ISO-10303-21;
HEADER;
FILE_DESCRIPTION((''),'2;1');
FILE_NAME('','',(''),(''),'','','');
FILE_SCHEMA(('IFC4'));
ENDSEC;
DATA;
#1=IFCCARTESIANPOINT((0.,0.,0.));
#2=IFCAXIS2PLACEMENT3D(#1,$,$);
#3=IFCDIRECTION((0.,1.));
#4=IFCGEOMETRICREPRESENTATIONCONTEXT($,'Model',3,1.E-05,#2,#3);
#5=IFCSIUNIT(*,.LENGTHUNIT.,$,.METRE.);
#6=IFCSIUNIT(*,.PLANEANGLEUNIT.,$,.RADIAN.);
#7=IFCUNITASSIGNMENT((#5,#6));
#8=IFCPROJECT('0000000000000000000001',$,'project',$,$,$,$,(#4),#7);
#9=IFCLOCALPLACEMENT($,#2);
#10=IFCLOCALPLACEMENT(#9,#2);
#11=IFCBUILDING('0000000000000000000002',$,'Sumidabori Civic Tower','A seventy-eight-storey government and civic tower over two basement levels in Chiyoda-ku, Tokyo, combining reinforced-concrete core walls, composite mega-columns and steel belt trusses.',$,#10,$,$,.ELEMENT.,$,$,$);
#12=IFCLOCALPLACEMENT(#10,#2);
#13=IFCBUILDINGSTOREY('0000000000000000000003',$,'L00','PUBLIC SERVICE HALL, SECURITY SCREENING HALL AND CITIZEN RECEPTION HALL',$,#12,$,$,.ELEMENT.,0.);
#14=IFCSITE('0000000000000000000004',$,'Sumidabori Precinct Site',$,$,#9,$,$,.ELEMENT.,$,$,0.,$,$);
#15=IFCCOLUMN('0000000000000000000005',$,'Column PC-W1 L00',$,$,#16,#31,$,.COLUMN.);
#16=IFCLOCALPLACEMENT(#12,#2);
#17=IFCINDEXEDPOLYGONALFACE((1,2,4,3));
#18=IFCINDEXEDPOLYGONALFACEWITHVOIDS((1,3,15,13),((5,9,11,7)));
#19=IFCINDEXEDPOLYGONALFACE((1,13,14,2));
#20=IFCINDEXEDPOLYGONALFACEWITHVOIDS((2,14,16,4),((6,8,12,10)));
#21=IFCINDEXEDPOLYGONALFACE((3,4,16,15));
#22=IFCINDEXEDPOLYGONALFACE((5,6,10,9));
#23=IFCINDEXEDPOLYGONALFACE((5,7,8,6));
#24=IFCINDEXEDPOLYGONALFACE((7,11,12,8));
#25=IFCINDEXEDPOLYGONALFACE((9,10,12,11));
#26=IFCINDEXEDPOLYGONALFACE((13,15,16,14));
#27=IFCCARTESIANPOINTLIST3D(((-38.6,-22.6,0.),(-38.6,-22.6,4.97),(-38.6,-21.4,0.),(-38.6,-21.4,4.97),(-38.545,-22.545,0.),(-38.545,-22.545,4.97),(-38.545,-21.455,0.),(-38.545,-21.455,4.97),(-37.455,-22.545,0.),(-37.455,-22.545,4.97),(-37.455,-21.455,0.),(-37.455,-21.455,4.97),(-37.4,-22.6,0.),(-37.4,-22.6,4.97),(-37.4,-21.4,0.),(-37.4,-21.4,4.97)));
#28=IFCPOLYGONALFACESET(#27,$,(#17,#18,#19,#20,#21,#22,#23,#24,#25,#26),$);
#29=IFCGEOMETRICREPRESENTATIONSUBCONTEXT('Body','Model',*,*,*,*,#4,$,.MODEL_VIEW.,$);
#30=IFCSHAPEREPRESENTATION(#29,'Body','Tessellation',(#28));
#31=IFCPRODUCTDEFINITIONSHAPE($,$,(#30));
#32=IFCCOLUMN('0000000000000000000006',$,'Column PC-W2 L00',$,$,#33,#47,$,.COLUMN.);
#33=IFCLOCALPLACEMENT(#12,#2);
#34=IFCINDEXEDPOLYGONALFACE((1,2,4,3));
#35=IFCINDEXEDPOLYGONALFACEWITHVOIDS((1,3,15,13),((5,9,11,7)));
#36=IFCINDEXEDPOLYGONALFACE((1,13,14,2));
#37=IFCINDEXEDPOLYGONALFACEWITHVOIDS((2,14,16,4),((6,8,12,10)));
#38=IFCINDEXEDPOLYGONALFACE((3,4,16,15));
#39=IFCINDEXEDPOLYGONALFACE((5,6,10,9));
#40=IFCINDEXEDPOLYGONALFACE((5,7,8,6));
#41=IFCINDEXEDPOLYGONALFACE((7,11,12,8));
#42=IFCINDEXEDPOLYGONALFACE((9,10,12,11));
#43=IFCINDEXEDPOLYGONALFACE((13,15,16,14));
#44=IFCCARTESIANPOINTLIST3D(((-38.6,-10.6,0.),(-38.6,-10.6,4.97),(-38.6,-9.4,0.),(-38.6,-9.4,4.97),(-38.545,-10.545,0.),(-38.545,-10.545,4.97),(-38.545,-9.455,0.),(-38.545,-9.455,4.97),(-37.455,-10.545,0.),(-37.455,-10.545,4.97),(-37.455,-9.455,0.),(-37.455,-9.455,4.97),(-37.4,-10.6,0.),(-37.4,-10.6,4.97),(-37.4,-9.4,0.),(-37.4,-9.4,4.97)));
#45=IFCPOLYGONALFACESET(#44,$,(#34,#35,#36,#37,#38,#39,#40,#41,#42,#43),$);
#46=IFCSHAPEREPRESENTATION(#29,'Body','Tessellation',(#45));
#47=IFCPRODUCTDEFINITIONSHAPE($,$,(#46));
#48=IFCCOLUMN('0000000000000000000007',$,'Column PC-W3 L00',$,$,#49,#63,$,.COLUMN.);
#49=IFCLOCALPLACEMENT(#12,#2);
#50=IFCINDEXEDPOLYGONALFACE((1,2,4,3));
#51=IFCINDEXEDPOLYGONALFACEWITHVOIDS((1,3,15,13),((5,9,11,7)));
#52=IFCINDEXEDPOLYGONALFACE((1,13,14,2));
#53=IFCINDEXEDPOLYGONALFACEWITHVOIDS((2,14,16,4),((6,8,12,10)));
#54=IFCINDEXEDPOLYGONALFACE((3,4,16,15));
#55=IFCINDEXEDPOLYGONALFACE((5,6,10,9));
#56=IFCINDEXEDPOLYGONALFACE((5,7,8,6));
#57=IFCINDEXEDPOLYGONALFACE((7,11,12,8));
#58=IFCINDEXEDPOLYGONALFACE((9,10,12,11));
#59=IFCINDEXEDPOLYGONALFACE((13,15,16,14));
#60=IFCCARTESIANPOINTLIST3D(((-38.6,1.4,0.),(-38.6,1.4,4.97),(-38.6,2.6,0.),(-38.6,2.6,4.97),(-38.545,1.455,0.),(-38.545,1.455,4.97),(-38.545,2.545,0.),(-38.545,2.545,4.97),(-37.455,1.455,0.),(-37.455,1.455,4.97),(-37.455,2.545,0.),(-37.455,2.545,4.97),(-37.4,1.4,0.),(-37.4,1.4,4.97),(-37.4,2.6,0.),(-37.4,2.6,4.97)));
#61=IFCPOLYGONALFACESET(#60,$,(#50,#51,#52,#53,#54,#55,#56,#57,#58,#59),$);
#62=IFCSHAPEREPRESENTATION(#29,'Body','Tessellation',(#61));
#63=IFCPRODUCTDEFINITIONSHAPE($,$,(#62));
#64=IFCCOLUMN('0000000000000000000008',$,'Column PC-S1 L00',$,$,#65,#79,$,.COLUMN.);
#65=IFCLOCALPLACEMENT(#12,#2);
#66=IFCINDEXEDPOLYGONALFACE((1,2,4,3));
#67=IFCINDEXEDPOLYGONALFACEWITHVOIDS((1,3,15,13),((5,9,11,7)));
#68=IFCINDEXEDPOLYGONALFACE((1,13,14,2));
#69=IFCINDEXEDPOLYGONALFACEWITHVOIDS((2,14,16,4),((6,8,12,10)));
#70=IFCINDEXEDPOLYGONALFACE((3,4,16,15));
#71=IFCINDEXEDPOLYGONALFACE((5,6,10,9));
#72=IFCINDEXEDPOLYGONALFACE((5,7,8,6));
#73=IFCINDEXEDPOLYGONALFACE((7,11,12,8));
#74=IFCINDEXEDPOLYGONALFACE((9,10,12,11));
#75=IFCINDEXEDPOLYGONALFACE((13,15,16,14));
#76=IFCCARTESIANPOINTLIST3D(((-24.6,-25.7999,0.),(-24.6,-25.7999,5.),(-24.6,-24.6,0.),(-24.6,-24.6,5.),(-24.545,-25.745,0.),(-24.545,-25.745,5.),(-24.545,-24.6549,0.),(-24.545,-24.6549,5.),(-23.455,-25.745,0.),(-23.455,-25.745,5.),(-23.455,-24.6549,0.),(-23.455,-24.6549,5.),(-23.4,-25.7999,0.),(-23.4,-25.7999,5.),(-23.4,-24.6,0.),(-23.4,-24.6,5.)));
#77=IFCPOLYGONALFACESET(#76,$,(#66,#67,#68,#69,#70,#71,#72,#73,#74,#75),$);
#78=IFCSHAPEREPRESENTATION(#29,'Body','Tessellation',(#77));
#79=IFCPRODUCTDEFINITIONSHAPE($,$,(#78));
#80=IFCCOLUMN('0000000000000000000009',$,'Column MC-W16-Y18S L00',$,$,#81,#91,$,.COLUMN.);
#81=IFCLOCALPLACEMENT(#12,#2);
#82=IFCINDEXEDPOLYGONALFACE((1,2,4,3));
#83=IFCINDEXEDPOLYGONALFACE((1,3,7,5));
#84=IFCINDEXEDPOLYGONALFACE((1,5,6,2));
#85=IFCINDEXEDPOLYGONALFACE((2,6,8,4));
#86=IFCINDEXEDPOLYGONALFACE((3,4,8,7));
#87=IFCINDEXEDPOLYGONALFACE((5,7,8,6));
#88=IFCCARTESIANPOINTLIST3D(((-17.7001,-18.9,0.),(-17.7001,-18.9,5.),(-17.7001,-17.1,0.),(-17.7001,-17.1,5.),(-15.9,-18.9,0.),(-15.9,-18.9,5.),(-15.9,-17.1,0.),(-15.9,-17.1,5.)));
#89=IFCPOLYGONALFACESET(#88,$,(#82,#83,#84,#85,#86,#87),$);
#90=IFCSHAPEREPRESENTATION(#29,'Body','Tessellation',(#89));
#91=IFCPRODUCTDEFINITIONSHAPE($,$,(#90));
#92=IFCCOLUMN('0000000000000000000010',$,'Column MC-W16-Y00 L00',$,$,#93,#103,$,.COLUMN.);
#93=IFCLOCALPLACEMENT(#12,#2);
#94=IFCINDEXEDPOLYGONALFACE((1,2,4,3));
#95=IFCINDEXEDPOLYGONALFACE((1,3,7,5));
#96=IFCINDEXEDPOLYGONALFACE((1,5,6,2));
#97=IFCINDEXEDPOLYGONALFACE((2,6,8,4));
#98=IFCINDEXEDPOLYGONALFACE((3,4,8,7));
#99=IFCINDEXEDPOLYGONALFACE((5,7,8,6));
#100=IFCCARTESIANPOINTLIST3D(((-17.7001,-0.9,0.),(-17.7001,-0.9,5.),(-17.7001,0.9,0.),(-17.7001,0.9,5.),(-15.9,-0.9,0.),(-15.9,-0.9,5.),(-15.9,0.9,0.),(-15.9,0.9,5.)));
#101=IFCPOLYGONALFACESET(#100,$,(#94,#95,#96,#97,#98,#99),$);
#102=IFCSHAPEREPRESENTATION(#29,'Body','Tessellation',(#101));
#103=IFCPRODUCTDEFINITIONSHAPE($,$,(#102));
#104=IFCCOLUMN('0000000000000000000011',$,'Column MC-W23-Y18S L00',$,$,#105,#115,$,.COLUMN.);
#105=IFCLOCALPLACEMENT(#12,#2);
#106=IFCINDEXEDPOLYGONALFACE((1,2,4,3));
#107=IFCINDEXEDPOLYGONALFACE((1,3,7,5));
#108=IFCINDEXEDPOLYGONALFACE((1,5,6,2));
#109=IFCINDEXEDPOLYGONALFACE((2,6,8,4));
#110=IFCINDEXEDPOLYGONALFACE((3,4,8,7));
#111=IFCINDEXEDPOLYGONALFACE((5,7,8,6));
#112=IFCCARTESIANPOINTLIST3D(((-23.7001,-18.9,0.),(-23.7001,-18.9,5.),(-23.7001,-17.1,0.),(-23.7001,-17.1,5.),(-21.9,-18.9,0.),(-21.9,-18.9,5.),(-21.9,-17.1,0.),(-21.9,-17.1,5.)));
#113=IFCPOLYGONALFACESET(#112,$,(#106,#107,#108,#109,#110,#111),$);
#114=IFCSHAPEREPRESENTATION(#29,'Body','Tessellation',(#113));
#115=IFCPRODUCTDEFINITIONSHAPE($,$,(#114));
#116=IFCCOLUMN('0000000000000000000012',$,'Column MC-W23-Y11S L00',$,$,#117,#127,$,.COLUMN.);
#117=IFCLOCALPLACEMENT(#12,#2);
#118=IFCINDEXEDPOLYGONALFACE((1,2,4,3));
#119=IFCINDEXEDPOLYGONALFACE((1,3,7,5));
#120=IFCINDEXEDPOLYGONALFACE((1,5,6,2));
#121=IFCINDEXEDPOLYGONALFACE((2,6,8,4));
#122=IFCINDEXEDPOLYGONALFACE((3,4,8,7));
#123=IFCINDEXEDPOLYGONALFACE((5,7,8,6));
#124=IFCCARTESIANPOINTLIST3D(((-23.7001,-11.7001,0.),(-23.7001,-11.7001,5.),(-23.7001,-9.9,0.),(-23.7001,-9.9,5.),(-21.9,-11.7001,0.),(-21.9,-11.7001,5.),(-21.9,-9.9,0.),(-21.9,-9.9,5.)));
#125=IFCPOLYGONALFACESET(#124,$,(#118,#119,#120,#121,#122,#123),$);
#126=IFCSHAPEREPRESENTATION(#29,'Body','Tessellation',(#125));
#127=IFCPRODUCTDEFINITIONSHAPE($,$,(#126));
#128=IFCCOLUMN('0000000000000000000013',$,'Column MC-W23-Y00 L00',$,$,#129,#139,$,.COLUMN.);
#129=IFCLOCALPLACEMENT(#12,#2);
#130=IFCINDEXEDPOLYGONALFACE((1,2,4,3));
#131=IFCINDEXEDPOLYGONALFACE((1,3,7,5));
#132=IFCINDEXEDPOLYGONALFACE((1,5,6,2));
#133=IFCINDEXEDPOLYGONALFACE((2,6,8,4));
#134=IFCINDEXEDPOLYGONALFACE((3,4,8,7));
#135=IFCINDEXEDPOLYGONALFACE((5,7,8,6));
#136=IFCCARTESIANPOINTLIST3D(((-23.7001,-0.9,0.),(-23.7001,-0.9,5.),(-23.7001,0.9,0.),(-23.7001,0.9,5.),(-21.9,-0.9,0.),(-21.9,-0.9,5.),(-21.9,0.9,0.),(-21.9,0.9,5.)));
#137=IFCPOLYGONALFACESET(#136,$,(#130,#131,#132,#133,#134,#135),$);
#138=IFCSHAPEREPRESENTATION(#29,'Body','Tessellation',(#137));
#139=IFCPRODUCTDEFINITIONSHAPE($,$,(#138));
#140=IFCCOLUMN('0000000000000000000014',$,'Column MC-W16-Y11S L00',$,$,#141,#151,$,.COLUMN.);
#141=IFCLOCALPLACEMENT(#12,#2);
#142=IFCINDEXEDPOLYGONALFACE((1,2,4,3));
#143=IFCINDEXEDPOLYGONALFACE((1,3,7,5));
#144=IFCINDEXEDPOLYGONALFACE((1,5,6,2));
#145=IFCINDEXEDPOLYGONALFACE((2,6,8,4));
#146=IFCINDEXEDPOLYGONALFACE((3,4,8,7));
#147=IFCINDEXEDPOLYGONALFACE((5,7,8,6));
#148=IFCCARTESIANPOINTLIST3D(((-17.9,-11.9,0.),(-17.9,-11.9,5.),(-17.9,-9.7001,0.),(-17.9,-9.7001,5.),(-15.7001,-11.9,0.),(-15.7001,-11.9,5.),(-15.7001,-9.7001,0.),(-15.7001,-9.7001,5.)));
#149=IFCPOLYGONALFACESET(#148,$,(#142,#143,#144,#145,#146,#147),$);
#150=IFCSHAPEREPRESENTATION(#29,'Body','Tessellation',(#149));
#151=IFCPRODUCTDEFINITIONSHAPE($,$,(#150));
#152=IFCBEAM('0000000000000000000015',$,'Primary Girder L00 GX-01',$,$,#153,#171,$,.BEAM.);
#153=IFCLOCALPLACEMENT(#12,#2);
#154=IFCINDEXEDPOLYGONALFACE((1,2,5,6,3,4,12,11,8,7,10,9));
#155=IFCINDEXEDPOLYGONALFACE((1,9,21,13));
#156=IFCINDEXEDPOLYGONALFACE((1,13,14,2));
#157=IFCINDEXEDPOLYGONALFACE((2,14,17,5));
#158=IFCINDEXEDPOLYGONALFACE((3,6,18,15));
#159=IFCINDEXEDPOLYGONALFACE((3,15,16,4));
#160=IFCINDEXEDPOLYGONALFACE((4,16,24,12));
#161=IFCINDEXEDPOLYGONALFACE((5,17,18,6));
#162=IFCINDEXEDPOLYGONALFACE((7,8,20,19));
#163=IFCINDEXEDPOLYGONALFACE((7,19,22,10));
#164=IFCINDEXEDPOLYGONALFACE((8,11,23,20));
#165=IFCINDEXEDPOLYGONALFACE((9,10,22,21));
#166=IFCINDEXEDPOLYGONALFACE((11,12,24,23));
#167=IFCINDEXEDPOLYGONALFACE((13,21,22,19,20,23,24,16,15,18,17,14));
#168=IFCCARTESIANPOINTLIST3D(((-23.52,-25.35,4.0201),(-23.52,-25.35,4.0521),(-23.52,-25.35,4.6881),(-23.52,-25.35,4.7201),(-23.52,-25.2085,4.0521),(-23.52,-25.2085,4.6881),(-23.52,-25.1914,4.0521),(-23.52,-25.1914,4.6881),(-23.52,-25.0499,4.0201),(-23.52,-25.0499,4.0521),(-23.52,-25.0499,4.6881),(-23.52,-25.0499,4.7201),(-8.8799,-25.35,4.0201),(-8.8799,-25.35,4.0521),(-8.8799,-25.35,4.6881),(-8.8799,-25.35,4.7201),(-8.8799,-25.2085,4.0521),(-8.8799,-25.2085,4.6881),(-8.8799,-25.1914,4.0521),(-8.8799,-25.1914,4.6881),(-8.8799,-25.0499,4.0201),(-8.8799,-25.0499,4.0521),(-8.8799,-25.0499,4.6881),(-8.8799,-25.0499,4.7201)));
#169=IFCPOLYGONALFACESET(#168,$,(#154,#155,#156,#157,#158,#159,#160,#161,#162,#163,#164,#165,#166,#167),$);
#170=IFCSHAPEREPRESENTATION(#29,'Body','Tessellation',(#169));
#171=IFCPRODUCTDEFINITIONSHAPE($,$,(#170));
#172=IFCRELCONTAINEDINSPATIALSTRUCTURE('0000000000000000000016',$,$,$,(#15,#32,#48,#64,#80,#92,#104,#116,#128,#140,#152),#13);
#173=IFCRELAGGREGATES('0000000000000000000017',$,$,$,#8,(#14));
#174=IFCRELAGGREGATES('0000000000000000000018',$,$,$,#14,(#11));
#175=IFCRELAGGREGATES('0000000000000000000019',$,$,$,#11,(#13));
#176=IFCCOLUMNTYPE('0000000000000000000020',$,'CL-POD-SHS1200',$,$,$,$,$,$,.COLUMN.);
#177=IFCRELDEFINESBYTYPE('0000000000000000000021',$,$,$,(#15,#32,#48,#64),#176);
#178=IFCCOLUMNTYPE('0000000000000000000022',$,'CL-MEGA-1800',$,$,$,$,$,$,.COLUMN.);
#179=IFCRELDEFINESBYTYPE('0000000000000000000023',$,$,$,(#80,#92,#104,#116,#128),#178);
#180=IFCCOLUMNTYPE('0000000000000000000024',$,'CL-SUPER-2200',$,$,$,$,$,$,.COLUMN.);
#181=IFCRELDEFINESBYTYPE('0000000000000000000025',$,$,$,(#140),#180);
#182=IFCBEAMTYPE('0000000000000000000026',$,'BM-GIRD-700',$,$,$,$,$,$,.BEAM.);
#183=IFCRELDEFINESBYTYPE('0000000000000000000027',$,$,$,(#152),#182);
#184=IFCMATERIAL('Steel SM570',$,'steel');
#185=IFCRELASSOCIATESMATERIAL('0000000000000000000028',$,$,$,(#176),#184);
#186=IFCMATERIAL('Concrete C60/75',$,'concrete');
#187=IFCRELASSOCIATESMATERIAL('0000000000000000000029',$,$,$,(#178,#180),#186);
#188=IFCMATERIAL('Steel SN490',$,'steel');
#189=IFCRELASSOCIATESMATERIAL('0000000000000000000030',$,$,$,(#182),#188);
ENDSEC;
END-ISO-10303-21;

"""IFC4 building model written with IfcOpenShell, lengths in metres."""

from ifc_helpers import new_model, si_unit, direction, frame, origin, origin_2d, place, context, subcontext, project, spatial, rectangle, hollow_rectangle, i_section, extrude, source, transform, mapped, material, material_profile, profile_set, type_object, element, save


model = new_model("IFC4")

# Units and contexts
model_context = context("Model", 3, precision=1e-05, world=origin(), true_north=direction((0.0, 1.0)))
body_context = subcontext(model_context, "Body", "Model", "MODEL_VIEW")
ifc_project = project(units=[si_unit("LENGTHUNIT", "METRE"), si_unit("PLANEANGLEUNIT", "RADIAN")], contexts=[model_context])

# Site, building, storey
site_placement = place(None, origin())
site = spatial("IfcSite", under=ifc_project, at=site_placement, Name="Sumidabori Precinct Site", CompositionType="ELEMENT", RefElevation=0.0)
building_placement = place(site_placement, origin())
building = spatial("IfcBuilding", under=site, at=building_placement, Name="Sumidabori Civic Tower", Description="A seventy-eight-storey government and civic tower over two basement levels in Chiyoda-ku, Tokyo, combining reinforced-concrete core walls, composite mega-columns and steel belt trusses.", CompositionType="ELEMENT")
storey_placement = place(building_placement, origin())
storey = spatial("IfcBuildingStorey", under=building, at=storey_placement, Name="L00", Description="PUBLIC SERVICE HALL, SECURITY SCREENING HALL AND CITIZEN RECEPTION HALL", CompositionType="ELEMENT", Elevation=0.0)

# Columns
ifc_material_1 = material(Name="Steel SM570", Category="steel")
ifc_material_profile_1 = material_profile(ifc_material_1, hollow_rectangle(XDim=1.2, YDim=1.2, WallThickness=0.0549, at=origin_2d()), Name="SHS 1200x1200x55")
ifc_profile_set_1 = profile_set([ifc_material_profile_1], Name="Steel SM570")
column_type_1 = type_object("IfcColumnType", Name="CL-POD-SHS1200", PredefinedType="COLUMN", material=ifc_profile_set_1)
shared_shape_1 = source(origin(), body_context, "Body", "SweptSolid", [
    extrude(hollow_rectangle(XDim=1.2, YDim=1.2, WallThickness=0.0549, at=origin_2d()), origin(), (0.0, 0.0, 1.0), 4.97),
])
for number, where, z_axis, x_axis, name in (
    (1, (-38.0, -22.0, 0.0), (0.0, 0.0, 1.0), (1.0, 0.0, 0.0), "Column PC-W1 L00"),
    (2, (-38.0, -10.0, 0.0), (0.0, 0.0, 1.0), (1.0, 0.0, 0.0), "Column PC-W2 L00"),
    (3, (-38.0, 2.0, 0.0), (0.0, 0.0, 1.0), (1.0, 0.0, 0.0), "Column PC-W3 L00"),
):
    element("IfcColumn", number, at=place(storey_placement, frame(where, z_axis=z_axis, x_axis=x_axis)), inside=storey, type_object=column_type_1, Name=name, PredefinedType="COLUMN", context=body_context, shape_type="MappedRepresentation", body=[
        mapped(shared_shape_1, transform((0.0, 0.0, 0.0), x_axis=(1.0, 0.0, 0.0), y_axis=(0.0, 1.0, 0.0), z_axis=(0.0, 0.0, 1.0), scale=1.0)),
    ])
shared_shape_2 = source(origin(), body_context, "Body", "SweptSolid", [
    extrude(hollow_rectangle(XDim=1.2, YDim=1.2, WallThickness=0.0549, at=origin_2d()), origin(), (0.0, 0.0, 1.0), 5.0),
])
column_1_placement = place(storey_placement, frame((-24.0, -25.2, 0.0), z_axis=(0.0, 0.0, 1.0), x_axis=(1.0, 0.0, 0.0)))
element("IfcColumn", 4, at=column_1_placement, inside=storey, type_object=column_type_1, Name="Column PC-S1 L00", PredefinedType="COLUMN", context=body_context, shape_type="MappedRepresentation", body=[
    mapped(shared_shape_2, transform((0.0, 0.0, 0.0), x_axis=(1.0, 0.0, 0.0), y_axis=(0.0, 1.0, 0.0), z_axis=(0.0, 0.0, 1.0), scale=1.0)),
])
ifc_material_2 = material(Name="Concrete C60/75", Category="concrete")
ifc_material_profile_2 = material_profile(ifc_material_2, rectangle(XDim=1.8, YDim=1.8, at=origin_2d()), Name="RC 1800x1800")
ifc_profile_set_2 = profile_set([ifc_material_profile_2], Name="Concrete C60/75")
column_type_2 = type_object("IfcColumnType", Name="CL-MEGA-1800", PredefinedType="COLUMN", material=ifc_profile_set_2)
shared_shape_3 = source(origin(), body_context, "Body", "SweptSolid", [
    extrude(rectangle(XDim=1.8, YDim=1.8, at=origin_2d()), origin(), (0.0, 0.0, 1.0), 5.0),
])
for number, where, z_axis, x_axis, name in (
    (5, (-16.8, -18.0, 0.0), (0.0, 0.0, 1.0), (1.0, 0.0, 0.0), "Column MC-W16-Y18S L00"),
    (6, (-16.8, 0.0, 0.0), (0.0, 0.0, 1.0), (1.0, 0.0, 0.0), "Column MC-W16-Y00 L00"),
    (7, (-22.8, -18.0, 0.0), (0.0, 0.0, 1.0), (1.0, 0.0, 0.0), "Column MC-W23-Y18S L00"),
    (8, (-22.8, -10.8, 0.0), (0.0, 0.0, 1.0), (1.0, 0.0, 0.0), "Column MC-W23-Y11S L00"),
    (9, (-22.8, 0.0, 0.0), (0.0, 0.0, 1.0), (1.0, 0.0, 0.0), "Column MC-W23-Y00 L00"),
):
    element("IfcColumn", number, at=place(storey_placement, frame(where, z_axis=z_axis, x_axis=x_axis)), inside=storey, type_object=column_type_2, Name=name, PredefinedType="COLUMN", context=body_context, shape_type="MappedRepresentation", body=[
        mapped(shared_shape_3, transform((0.0, 0.0, 0.0), x_axis=(1.0, 0.0, 0.0), y_axis=(0.0, 1.0, 0.0), z_axis=(0.0, 0.0, 1.0), scale=1.0)),
    ])
ifc_material_profile_3 = material_profile(ifc_material_2, rectangle(XDim=2.2, YDim=2.2, at=origin_2d()), Name="RC 2200x2200")
ifc_profile_set_3 = profile_set([ifc_material_profile_3], Name="Concrete C60/75")
column_type_3 = type_object("IfcColumnType", Name="CL-SUPER-2200", PredefinedType="COLUMN", material=ifc_profile_set_3)
shared_shape_4 = source(origin(), body_context, "Body", "SweptSolid", [
    extrude(rectangle(XDim=2.2, YDim=2.2, at=origin_2d()), origin(), (0.0, 0.0, 1.0), 5.0),
])
column_2_placement = place(storey_placement, frame((-16.8, -10.8, 0.0), z_axis=(0.0, 0.0, 1.0), x_axis=(1.0, 0.0, 0.0)))
element("IfcColumn", 10, at=column_2_placement, inside=storey, type_object=column_type_3, Name="Column MC-W16-Y11S L00", PredefinedType="COLUMN", context=body_context, shape_type="MappedRepresentation", body=[
    mapped(shared_shape_4, transform((0.0, 0.0, 0.0), x_axis=(1.0, 0.0, 0.0), y_axis=(0.0, 1.0, 0.0), z_axis=(0.0, 0.0, 1.0), scale=1.0)),
])

# Beam
ifc_material_3 = material(Name="Steel SN490", Category="steel")
ifc_material_profile_4 = material_profile(ifc_material_3, i_section(OverallWidth=0.3, OverallDepth=0.7, WebThickness=0.0171, FlangeThickness=0.032, at=origin_2d()), Name="HE 700 B")
ifc_profile_set_4 = profile_set([ifc_material_profile_4], Name="Steel SN490")
beam_type_1 = type_object("IfcBeamType", Name="BM-GIRD-700", PredefinedType="BEAM", material=ifc_profile_set_4)
shared_shape_5 = source(origin(), body_context, "Body", "SweptSolid", [
    extrude(i_section(OverallWidth=0.3, OverallDepth=0.7, WebThickness=0.0171, FlangeThickness=0.032, at=origin_2d()), origin(), (0.0, 0.0, 1.0), 14.6401),
])
beam_placement = place(storey_placement, frame((-23.52, -25.2, 4.3701), z_axis=(1.0, 0.0, 0.0), x_axis=(0.0, 1.0, 0.0)))
element("IfcBeam", 11, at=beam_placement, inside=storey, type_object=beam_type_1, Name="Primary Girder L00 GX-01", PredefinedType="BEAM", context=body_context, shape_type="MappedRepresentation", body=[
    mapped(shared_shape_5, transform((0.0, 0.0, 0.0), x_axis=(1.0, 0.0, 0.0), y_axis=(0.0, 1.0, 0.0), z_axis=(0.0, 0.0, 1.0), scale=1.0)),
])

save(model, "model.ifc")
